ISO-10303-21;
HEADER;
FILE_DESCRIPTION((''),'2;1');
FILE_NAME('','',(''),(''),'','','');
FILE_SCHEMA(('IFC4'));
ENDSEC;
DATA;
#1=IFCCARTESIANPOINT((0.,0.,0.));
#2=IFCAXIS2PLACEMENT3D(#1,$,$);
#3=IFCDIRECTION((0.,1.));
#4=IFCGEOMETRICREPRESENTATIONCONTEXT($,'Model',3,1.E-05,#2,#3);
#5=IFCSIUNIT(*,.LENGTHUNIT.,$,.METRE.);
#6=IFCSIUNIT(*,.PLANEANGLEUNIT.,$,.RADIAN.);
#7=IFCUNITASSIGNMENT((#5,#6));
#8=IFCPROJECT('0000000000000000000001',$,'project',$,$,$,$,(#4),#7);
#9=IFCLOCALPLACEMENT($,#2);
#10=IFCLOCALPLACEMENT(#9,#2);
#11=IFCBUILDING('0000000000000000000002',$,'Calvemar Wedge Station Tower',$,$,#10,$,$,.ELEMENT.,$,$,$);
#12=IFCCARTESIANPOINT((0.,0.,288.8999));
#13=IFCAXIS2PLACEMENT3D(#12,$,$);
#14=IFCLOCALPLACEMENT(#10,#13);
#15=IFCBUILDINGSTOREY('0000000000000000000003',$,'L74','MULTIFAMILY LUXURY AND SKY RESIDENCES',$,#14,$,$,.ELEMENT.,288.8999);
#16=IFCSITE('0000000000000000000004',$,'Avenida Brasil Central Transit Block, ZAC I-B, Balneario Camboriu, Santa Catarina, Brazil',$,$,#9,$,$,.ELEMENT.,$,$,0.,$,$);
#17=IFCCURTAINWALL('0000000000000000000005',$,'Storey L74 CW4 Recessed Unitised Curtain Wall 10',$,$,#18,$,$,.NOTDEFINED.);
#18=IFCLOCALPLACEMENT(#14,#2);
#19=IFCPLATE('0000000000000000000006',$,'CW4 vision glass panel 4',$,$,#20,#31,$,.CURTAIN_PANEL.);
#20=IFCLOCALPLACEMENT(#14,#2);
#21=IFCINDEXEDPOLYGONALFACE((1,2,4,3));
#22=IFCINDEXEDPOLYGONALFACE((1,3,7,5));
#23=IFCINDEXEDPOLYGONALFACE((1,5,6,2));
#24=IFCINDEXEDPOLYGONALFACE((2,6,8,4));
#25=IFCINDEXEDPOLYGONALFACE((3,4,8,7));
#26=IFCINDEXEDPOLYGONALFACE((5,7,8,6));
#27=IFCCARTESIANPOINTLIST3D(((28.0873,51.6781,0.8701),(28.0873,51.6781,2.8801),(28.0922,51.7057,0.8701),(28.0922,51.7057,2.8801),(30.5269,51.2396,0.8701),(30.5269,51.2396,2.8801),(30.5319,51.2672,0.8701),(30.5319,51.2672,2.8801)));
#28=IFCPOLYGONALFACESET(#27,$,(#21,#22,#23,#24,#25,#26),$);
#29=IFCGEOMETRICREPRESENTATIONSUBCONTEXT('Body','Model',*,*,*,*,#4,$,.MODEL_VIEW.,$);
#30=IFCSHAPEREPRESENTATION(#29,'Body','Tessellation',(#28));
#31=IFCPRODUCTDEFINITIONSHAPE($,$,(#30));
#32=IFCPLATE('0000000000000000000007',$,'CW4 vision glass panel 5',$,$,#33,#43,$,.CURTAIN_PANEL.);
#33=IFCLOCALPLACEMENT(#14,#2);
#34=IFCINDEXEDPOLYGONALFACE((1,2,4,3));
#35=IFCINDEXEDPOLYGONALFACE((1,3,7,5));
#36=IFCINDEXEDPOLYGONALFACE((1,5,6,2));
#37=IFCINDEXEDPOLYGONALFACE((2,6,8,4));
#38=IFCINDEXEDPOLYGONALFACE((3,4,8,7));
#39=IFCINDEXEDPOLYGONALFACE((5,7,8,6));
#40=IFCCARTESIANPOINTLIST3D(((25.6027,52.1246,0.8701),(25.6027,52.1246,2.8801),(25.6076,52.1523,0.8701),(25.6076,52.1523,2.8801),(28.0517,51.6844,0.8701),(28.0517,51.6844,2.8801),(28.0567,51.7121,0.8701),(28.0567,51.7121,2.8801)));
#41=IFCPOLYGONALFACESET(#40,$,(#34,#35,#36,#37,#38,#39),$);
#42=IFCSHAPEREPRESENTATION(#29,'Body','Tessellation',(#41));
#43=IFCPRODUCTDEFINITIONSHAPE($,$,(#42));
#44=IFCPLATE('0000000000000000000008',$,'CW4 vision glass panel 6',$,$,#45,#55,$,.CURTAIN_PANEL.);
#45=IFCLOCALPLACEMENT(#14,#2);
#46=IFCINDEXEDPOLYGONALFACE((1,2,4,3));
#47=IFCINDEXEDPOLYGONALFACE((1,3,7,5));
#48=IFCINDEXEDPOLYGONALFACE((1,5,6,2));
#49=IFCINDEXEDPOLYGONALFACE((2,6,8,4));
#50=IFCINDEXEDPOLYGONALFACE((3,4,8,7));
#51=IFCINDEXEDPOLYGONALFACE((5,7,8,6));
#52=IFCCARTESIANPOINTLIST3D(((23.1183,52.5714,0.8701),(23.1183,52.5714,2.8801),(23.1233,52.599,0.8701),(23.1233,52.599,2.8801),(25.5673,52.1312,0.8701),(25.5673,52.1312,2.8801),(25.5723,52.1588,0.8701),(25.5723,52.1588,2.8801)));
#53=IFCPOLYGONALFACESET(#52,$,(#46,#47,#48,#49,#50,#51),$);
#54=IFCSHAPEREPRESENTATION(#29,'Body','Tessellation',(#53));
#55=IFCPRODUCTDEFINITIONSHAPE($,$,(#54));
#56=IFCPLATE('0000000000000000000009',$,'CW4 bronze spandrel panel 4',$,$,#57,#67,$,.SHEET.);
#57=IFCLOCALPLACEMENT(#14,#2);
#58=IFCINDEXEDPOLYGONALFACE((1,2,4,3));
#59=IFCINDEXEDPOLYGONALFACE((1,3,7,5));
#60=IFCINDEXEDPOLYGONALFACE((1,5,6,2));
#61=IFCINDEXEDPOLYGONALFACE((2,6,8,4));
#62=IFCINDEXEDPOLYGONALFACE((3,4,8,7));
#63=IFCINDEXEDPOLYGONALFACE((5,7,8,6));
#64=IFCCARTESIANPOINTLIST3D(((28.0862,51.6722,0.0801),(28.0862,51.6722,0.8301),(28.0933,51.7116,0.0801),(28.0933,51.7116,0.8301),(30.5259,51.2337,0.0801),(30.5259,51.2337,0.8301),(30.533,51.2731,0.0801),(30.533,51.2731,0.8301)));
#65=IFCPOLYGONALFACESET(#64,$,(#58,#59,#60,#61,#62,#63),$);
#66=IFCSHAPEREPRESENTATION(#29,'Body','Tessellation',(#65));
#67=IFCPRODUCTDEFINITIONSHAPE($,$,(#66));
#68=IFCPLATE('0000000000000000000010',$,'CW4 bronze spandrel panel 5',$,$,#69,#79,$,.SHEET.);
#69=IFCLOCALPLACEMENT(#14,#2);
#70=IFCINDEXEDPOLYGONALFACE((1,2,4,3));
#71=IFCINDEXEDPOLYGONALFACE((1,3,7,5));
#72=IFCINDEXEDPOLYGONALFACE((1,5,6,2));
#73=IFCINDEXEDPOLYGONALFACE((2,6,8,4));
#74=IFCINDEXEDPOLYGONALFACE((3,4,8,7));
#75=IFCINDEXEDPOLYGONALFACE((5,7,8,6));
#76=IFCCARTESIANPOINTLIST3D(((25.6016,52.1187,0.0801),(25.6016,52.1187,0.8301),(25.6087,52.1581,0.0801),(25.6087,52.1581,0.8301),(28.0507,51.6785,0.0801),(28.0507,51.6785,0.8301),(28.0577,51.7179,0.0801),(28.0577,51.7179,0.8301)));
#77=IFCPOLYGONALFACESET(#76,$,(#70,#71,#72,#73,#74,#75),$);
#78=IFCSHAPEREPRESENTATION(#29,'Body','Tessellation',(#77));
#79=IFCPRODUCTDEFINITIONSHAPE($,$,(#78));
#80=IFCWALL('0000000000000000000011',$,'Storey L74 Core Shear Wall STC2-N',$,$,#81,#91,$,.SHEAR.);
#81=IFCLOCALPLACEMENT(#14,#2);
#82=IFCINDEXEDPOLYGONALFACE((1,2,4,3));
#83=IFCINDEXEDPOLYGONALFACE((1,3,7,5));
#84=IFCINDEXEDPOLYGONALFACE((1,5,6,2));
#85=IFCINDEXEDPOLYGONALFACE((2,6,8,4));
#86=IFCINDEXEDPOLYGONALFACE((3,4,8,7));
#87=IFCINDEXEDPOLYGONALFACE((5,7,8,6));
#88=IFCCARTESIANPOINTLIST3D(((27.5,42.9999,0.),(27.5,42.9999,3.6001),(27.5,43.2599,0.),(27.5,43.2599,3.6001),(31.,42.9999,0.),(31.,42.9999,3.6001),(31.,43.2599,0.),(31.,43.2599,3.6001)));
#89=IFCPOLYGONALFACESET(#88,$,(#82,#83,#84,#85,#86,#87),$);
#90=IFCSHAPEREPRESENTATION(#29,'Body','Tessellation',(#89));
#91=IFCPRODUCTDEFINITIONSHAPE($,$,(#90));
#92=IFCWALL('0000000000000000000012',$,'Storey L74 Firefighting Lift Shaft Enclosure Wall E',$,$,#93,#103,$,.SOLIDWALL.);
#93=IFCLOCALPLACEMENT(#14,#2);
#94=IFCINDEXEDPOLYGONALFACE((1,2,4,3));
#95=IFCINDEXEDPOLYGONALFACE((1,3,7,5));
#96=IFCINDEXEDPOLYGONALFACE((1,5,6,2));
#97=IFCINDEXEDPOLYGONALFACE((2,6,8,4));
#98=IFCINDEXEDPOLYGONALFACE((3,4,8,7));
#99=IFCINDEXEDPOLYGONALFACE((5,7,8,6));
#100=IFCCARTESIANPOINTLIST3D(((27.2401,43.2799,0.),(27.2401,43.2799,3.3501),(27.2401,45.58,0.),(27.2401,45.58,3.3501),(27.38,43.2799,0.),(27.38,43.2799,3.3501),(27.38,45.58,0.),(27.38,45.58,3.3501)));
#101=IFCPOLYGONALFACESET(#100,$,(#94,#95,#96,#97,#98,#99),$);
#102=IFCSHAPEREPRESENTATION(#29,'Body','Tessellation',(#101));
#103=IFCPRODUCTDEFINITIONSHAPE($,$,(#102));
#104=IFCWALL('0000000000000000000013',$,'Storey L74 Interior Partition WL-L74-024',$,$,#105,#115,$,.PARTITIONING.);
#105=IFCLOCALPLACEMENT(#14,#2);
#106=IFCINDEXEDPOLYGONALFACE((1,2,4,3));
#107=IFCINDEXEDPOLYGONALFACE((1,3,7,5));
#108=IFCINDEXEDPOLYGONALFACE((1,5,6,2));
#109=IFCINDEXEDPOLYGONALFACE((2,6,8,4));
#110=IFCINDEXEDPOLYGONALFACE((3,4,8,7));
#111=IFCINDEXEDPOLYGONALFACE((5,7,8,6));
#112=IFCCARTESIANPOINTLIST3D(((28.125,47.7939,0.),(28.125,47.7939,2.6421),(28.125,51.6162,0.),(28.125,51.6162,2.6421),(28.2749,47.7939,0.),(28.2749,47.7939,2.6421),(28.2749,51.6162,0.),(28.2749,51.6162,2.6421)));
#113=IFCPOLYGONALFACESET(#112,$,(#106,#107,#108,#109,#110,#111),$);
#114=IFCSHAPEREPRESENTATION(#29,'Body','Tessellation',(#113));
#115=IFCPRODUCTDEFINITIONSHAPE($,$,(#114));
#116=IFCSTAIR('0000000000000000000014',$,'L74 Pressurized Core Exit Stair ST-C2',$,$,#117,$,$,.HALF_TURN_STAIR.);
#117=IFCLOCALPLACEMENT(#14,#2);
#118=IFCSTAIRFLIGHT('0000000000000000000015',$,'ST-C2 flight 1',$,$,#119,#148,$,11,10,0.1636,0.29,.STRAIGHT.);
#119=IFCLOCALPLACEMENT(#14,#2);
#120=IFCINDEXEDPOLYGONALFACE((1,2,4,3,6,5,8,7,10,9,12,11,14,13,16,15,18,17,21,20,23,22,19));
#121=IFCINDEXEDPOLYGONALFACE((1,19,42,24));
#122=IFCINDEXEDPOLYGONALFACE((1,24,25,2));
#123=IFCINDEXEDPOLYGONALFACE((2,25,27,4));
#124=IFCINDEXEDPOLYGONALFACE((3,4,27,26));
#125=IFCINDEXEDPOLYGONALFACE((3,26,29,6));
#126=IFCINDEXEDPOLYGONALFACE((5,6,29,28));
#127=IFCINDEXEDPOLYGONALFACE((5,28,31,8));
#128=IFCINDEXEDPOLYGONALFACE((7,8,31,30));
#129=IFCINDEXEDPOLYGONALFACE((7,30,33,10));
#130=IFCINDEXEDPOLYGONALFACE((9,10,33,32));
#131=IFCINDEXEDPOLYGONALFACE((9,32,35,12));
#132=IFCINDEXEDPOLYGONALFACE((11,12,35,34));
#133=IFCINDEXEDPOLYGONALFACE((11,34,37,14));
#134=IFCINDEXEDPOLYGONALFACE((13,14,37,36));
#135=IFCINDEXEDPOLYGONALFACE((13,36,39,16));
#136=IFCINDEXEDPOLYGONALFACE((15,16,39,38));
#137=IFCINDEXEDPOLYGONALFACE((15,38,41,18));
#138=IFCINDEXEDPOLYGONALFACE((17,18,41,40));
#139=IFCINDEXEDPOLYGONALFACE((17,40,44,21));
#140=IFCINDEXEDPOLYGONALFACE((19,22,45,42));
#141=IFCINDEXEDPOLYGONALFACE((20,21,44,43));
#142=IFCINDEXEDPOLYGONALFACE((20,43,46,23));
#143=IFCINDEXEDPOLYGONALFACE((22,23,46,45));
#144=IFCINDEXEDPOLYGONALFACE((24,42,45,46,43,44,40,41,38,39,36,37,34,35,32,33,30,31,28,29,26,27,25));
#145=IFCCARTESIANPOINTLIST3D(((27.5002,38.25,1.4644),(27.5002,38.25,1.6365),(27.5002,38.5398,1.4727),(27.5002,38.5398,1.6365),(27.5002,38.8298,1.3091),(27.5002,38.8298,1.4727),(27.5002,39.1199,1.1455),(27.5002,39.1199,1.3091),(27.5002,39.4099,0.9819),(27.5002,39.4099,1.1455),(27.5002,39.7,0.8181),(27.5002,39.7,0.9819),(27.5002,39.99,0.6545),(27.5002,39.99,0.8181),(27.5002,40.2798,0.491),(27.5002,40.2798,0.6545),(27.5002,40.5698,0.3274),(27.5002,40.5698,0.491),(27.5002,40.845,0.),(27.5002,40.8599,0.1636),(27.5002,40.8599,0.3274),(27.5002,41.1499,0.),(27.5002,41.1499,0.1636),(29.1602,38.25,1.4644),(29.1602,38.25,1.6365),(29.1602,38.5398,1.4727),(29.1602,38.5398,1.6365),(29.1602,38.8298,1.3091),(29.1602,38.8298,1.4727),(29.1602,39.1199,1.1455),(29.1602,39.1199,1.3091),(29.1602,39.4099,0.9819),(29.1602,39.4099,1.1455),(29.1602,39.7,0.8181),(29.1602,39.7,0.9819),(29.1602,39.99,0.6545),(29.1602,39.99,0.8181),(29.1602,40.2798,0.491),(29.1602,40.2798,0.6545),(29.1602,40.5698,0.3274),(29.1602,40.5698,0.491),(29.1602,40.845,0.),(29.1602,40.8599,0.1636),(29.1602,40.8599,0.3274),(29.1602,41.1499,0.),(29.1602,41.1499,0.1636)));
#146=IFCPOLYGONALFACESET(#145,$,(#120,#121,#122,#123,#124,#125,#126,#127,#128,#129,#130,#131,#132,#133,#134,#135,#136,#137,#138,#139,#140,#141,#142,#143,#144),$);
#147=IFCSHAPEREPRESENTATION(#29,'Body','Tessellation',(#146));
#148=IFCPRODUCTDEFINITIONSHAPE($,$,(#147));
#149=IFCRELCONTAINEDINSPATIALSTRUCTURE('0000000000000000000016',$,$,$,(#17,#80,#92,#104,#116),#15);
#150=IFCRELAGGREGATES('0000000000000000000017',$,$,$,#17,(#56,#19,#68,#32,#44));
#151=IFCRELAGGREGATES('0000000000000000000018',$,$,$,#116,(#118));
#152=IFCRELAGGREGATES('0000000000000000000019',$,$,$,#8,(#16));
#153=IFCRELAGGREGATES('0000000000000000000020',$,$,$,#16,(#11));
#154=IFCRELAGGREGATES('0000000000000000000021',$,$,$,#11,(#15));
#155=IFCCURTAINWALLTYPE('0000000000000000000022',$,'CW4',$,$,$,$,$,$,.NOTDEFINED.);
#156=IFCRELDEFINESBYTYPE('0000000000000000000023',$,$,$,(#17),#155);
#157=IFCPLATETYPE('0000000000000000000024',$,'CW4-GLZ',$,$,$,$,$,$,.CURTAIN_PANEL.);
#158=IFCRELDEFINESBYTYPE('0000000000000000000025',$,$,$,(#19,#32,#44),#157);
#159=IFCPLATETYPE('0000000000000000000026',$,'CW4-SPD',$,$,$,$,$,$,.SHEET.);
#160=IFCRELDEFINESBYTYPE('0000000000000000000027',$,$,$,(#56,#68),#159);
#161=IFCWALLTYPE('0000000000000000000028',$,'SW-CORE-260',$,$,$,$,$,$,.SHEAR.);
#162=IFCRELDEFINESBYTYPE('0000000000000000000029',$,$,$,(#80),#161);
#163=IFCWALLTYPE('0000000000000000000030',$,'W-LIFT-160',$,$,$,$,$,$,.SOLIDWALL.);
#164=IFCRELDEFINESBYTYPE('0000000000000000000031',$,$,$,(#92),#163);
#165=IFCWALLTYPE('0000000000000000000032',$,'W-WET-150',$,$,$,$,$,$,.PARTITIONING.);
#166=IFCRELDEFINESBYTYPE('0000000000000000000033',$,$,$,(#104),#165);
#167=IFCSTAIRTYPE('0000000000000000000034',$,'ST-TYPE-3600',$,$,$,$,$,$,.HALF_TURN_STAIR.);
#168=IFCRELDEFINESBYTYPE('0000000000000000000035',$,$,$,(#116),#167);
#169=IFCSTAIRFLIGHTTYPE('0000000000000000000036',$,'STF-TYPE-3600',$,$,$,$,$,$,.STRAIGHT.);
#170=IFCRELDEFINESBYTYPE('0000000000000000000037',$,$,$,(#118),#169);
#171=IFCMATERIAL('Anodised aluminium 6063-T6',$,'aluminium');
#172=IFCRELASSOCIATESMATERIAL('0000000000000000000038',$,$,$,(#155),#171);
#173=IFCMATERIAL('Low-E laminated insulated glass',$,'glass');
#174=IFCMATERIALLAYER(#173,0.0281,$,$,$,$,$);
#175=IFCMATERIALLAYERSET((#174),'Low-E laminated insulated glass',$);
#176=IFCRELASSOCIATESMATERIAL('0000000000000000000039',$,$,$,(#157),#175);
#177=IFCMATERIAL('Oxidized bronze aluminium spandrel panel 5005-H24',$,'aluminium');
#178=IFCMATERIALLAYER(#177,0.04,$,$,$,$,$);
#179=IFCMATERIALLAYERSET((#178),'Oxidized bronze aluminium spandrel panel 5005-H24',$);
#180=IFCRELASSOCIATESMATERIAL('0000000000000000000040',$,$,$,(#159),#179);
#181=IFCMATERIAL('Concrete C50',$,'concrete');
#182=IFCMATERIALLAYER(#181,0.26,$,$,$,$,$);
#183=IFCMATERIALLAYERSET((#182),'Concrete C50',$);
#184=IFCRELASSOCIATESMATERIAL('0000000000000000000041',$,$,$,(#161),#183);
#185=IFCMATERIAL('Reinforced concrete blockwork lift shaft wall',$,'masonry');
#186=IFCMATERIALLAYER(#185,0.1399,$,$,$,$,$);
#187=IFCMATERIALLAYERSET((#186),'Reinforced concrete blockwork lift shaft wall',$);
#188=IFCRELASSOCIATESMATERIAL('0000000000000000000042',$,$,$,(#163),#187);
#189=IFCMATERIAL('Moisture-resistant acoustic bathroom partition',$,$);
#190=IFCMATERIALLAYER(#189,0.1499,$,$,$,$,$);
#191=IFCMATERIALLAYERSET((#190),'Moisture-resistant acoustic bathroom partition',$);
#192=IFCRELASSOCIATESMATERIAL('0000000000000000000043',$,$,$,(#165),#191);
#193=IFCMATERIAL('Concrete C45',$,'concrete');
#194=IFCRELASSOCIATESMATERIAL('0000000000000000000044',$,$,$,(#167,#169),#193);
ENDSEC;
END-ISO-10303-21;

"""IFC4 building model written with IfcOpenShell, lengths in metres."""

from ifc_helpers import new_model, si_unit, direction, frame, frame_2d, origin, place, context, subcontext, project, spatial, polyline, rectangle, outline, extrude, material, layer, layer_set, type_object, element, aggregate, save


model = new_model("IFC4")

# Units and contexts
model_context = context("Model", 3, precision=1e-05, world=origin(), true_north=direction((0.0, 1.0)))
body_context = subcontext(model_context, "Body", "Model", "MODEL_VIEW")
ifc_project = project(units=[si_unit("LENGTHUNIT", "METRE"), si_unit("PLANEANGLEUNIT", "RADIAN")], contexts=[model_context])

# Site, building, storey
site_placement = place(None, origin())
site = spatial("IfcSite", under=ifc_project, at=site_placement, Name="Avenida Brasil Central Transit Block, ZAC I-B, Balneario Camboriu, Santa Catarina, Brazil", CompositionType="ELEMENT", RefElevation=0.0)
building_placement = place(site_placement, origin())
building = spatial("IfcBuilding", under=site, at=building_placement, Name="Calvemar Wedge Station Tower", CompositionType="ELEMENT")
storey_placement = place(building_placement, frame((0.0, 0.0, 288.8999)))
storey = spatial("IfcBuildingStorey", under=building, at=storey_placement, Name="L74", Description="MULTIFAMILY LUXURY AND SKY RESIDENCES", CompositionType="ELEMENT", Elevation=288.8999)

# Shared definitions
ifc_material_1 = material(Name="Concrete C50", Category="concrete")

# Curtain wall, plates
ifc_material_2 = material(Name="Anodised aluminium 6063-T6", Category="aluminium")
curtain_wall_type = type_object("IfcCurtainWallType", Name="CW4", PredefinedType="NOTDEFINED", material=ifc_material_2)
curtain_wall_placement = place(storey_placement, origin())
curtain_wall = element("IfcCurtainWall", 1, at=curtain_wall_placement, inside=storey, type_object=curtain_wall_type, Name="Storey L74 CW4 Recessed Unitised Curtain Wall 10", PredefinedType="NOTDEFINED")
ifc_material_3 = material(Name="Low-E laminated insulated glass", Category="glass")
ifc_layer_1 = layer(ifc_material_3, 0.0281)
ifc_layer_set_1 = layer_set([ifc_layer_1], Name="Low-E laminated insulated glass")
plate_type_1 = type_object("IfcPlateType", Name="CW4-GLZ", PredefinedType="CURTAIN_PANEL", material=ifc_layer_set_1)
plate_1_placement = place(storey_placement, frame((30.5293, 51.2534, 0.8701), z_axis=(0.0, 0.0, 1.0), x_axis=(-0.98423, 0.176892, 0.0)))
plate_1 = element("IfcPlate", 2, at=plate_1_placement, type_object=plate_type_1, Name="CW4 vision glass panel 4", PredefinedType="CURTAIN_PANEL", context=body_context, shape_type="SweptSolid", body=[
    extrude(rectangle(XDim=2.4788, YDim=0.0281, at=frame_2d((1.2393, 0.0))), origin(), (0.0, 0.0, 1.0), 2.01),
])
plate_2_placement = place(storey_placement, frame((28.0542, 51.6982, 0.8701), z_axis=(0.0, 0.0, 1.0), x_axis=(-0.984227, 0.176908, 0.0)))
plate_2 = element("IfcPlate", 3, at=plate_2_placement, type_object=plate_type_1, Name="CW4 vision glass panel 5", PredefinedType="CURTAIN_PANEL", context=body_context, shape_type="SweptSolid", body=[
    extrude(rectangle(XDim=2.4883, YDim=0.0281, at=frame_2d((1.2441, 0.0))), origin(), (0.0, 0.0, 1.0), 2.01),
])
plate_3_placement = place(storey_placement, frame((25.5698, 52.145, 0.8701), z_axis=(0.0, 0.0, 1.0), x_axis=(-0.984227, 0.176908, 0.0)))
plate_3 = element("IfcPlate", 4, at=plate_3_placement, type_object=plate_type_1, Name="CW4 vision glass panel 6", PredefinedType="CURTAIN_PANEL", context=body_context, shape_type="SweptSolid", body=[
    extrude(rectangle(XDim=2.4883, YDim=0.0281, at=frame_2d((1.2441, 0.0))), origin(), (0.0, 0.0, 1.0), 2.01),
])
ifc_material_4 = material(Name="Oxidized bronze aluminium spandrel panel 5005-H24", Category="aluminium")
ifc_layer_2 = layer(ifc_material_4, 0.04)
ifc_layer_set_2 = layer_set([ifc_layer_2], Name="Oxidized bronze aluminium spandrel panel 5005-H24")
plate_type_2 = type_object("IfcPlateType", Name="CW4-SPD", PredefinedType="SHEET", material=ifc_layer_set_2)
plate_4_placement = place(storey_placement, frame((30.5293, 51.2534, 0.0801), z_axis=(0.0, 0.0, 1.0), x_axis=(-0.98423, 0.176892, 0.0)))
plate_4 = element("IfcPlate", 5, at=plate_4_placement, type_object=plate_type_2, Name="CW4 bronze spandrel panel 4", PredefinedType="SHEET", context=body_context, shape_type="SweptSolid", body=[
    extrude(rectangle(XDim=2.4788, YDim=0.04, at=frame_2d((1.2393, 0.0))), origin(), (0.0, 0.0, 1.0), 0.75),
])
plate_5_placement = place(storey_placement, frame((28.0542, 51.6982, 0.0801), z_axis=(0.0, 0.0, 1.0), x_axis=(-0.984227, 0.176908, 0.0)))
plate_5 = element("IfcPlate", 6, at=plate_5_placement, type_object=plate_type_2, Name="CW4 bronze spandrel panel 5", PredefinedType="SHEET", context=body_context, shape_type="SweptSolid", body=[
    extrude(rectangle(XDim=2.4883, YDim=0.04, at=frame_2d((1.2441, 0.0))), origin(), (0.0, 0.0, 1.0), 0.75),
])
aggregate(curtain_wall, [plate_4, plate_1, plate_5, plate_2, plate_3])

# Wall
ifc_layer_3 = layer(ifc_material_1, 0.26)
ifc_layer_set_3 = layer_set([ifc_layer_3], Name="Concrete C50")
wall_type_1 = type_object("IfcWallType", Name="SW-CORE-260", PredefinedType="SHEAR", material=ifc_layer_set_3)
wall_1_placement = place(storey_placement, frame((27.5, 43.1299, 0.0), z_axis=(0.0, 0.0, 1.0), x_axis=(1.0, 0.0, 0.0)))
element("IfcWall", 7, at=wall_1_placement, inside=storey, type_object=wall_type_1, Name="Storey L74 Core Shear Wall STC2-N", PredefinedType="SHEAR", context=body_context, shape_type="SweptSolid", body=[
    extrude(rectangle(XDim=3.5, YDim=0.26, at=frame_2d((1.75, 0.0))), origin(), (0.0, 0.0, 1.0), 3.6001),
])

# Walls
ifc_material_5 = material(Name="Reinforced concrete blockwork lift shaft wall", Category="masonry")
ifc_layer_4 = layer(ifc_material_5, 0.1399)
ifc_layer_set_4 = layer_set([ifc_layer_4], Name="Reinforced concrete blockwork lift shaft wall")
wall_type_2 = type_object("IfcWallType", Name="W-LIFT-160", PredefinedType="SOLIDWALL", material=ifc_layer_set_4)
wall_2_placement = place(storey_placement, frame((27.3101, 43.28, 0.0), z_axis=(0.0, 0.0, 1.0), x_axis=(0.0, 1.0, 0.0)))
element("IfcWall", 8, at=wall_2_placement, inside=storey, type_object=wall_type_2, Name="Storey L74 Firefighting Lift Shaft Enclosure Wall E", PredefinedType="SOLIDWALL", context=body_context, shape_type="SweptSolid", body=[
    extrude(rectangle(XDim=2.3, YDim=0.1399, at=frame_2d((1.1499, 0.0))), origin(), (0.0, 0.0, 1.0), 3.3501),
])
ifc_material_6 = material(Name="Moisture-resistant acoustic bathroom partition")
ifc_layer_5 = layer(ifc_material_6, 0.1499)
ifc_layer_set_5 = layer_set([ifc_layer_5], Name="Moisture-resistant acoustic bathroom partition")
wall_type_3 = type_object("IfcWallType", Name="W-WET-150", PredefinedType="PARTITIONING", material=ifc_layer_set_5)
wall_3_placement = place(storey_placement, frame((28.2, 51.6162, 0.0), z_axis=(0.0, 0.0, 1.0), x_axis=(0.0, -1.0, 0.0)))
element("IfcWall", 9, at=wall_3_placement, inside=storey, type_object=wall_type_3, Name="Storey L74 Interior Partition WL-L74-024", PredefinedType="PARTITIONING", context=body_context, shape_type="SweptSolid", body=[
    extrude(rectangle(XDim=3.8223, YDim=0.1499, at=frame_2d((1.9111, 0.0))), origin(), (0.0, 0.0, 1.0), 2.6421),
])

# Stair, stair flight
ifc_material_7 = material(Name="Concrete C45", Category="concrete")
stair_type = type_object("IfcStairType", Name="ST-TYPE-3600", PredefinedType="HALF_TURN_STAIR", material=ifc_material_7)
stair_placement = place(storey_placement, origin())
stair = element("IfcStair", 10, at=stair_placement, inside=storey, type_object=stair_type, Name="L74 Pressurized Core Exit Stair ST-C2", PredefinedType="HALF_TURN_STAIR")
stair_flight_type = type_object("IfcStairFlightType", Name="STF-TYPE-3600", PredefinedType="STRAIGHT", material=ifc_material_7)
stair_flight_placement = place(storey_placement, frame((28.3301, 41.1499, 0.0), z_axis=(0.0, 0.0, 1.0), x_axis=(0.0, -1.0, 0.0)))
stair_flight = element("IfcStairFlight", 11, at=stair_flight_placement, type_object=stair_flight_type, Name="ST-C2 flight 1", NumberOfRisers=11, NumberOfTreads=10, PredefinedType="STRAIGHT", RiserHeight=0.1636, TreadLength=0.29, context=body_context, shape_type="SweptSolid", body=[
    extrude(outline(polyline([(0.0, 0.0), (0.0, 0.1636), (0.29, 0.1636), (0.29, 0.3274), (0.5801, 0.3274), (0.5801, 0.491), (0.8701, 0.491), (0.8701, 0.6545), (1.1599, 0.6545), (1.1599, 0.8181), (1.45, 0.8181), (1.45, 0.9819), (1.74, 0.9819), (1.74, 1.1455), (2.03, 1.1455), (2.03, 1.3091), (2.3201, 1.3091), (2.3201, 1.4727), (2.6101, 1.4727), (2.6101, 1.6365), (2.8999, 1.6365), (2.8999, 1.8), (2.8999, 1.4644), (0.3049, 0.0), (0.0, 0.0)])), frame((0.0, 0.8301, 0.0), z_axis=(0.0, -1.0, 0.0), x_axis=(1.0, 0.0, 0.0)), (0.0, 0.0, 1.0), 1.6599),
])
aggregate(stair, [stair_flight])

save(model, "model.ifc")
